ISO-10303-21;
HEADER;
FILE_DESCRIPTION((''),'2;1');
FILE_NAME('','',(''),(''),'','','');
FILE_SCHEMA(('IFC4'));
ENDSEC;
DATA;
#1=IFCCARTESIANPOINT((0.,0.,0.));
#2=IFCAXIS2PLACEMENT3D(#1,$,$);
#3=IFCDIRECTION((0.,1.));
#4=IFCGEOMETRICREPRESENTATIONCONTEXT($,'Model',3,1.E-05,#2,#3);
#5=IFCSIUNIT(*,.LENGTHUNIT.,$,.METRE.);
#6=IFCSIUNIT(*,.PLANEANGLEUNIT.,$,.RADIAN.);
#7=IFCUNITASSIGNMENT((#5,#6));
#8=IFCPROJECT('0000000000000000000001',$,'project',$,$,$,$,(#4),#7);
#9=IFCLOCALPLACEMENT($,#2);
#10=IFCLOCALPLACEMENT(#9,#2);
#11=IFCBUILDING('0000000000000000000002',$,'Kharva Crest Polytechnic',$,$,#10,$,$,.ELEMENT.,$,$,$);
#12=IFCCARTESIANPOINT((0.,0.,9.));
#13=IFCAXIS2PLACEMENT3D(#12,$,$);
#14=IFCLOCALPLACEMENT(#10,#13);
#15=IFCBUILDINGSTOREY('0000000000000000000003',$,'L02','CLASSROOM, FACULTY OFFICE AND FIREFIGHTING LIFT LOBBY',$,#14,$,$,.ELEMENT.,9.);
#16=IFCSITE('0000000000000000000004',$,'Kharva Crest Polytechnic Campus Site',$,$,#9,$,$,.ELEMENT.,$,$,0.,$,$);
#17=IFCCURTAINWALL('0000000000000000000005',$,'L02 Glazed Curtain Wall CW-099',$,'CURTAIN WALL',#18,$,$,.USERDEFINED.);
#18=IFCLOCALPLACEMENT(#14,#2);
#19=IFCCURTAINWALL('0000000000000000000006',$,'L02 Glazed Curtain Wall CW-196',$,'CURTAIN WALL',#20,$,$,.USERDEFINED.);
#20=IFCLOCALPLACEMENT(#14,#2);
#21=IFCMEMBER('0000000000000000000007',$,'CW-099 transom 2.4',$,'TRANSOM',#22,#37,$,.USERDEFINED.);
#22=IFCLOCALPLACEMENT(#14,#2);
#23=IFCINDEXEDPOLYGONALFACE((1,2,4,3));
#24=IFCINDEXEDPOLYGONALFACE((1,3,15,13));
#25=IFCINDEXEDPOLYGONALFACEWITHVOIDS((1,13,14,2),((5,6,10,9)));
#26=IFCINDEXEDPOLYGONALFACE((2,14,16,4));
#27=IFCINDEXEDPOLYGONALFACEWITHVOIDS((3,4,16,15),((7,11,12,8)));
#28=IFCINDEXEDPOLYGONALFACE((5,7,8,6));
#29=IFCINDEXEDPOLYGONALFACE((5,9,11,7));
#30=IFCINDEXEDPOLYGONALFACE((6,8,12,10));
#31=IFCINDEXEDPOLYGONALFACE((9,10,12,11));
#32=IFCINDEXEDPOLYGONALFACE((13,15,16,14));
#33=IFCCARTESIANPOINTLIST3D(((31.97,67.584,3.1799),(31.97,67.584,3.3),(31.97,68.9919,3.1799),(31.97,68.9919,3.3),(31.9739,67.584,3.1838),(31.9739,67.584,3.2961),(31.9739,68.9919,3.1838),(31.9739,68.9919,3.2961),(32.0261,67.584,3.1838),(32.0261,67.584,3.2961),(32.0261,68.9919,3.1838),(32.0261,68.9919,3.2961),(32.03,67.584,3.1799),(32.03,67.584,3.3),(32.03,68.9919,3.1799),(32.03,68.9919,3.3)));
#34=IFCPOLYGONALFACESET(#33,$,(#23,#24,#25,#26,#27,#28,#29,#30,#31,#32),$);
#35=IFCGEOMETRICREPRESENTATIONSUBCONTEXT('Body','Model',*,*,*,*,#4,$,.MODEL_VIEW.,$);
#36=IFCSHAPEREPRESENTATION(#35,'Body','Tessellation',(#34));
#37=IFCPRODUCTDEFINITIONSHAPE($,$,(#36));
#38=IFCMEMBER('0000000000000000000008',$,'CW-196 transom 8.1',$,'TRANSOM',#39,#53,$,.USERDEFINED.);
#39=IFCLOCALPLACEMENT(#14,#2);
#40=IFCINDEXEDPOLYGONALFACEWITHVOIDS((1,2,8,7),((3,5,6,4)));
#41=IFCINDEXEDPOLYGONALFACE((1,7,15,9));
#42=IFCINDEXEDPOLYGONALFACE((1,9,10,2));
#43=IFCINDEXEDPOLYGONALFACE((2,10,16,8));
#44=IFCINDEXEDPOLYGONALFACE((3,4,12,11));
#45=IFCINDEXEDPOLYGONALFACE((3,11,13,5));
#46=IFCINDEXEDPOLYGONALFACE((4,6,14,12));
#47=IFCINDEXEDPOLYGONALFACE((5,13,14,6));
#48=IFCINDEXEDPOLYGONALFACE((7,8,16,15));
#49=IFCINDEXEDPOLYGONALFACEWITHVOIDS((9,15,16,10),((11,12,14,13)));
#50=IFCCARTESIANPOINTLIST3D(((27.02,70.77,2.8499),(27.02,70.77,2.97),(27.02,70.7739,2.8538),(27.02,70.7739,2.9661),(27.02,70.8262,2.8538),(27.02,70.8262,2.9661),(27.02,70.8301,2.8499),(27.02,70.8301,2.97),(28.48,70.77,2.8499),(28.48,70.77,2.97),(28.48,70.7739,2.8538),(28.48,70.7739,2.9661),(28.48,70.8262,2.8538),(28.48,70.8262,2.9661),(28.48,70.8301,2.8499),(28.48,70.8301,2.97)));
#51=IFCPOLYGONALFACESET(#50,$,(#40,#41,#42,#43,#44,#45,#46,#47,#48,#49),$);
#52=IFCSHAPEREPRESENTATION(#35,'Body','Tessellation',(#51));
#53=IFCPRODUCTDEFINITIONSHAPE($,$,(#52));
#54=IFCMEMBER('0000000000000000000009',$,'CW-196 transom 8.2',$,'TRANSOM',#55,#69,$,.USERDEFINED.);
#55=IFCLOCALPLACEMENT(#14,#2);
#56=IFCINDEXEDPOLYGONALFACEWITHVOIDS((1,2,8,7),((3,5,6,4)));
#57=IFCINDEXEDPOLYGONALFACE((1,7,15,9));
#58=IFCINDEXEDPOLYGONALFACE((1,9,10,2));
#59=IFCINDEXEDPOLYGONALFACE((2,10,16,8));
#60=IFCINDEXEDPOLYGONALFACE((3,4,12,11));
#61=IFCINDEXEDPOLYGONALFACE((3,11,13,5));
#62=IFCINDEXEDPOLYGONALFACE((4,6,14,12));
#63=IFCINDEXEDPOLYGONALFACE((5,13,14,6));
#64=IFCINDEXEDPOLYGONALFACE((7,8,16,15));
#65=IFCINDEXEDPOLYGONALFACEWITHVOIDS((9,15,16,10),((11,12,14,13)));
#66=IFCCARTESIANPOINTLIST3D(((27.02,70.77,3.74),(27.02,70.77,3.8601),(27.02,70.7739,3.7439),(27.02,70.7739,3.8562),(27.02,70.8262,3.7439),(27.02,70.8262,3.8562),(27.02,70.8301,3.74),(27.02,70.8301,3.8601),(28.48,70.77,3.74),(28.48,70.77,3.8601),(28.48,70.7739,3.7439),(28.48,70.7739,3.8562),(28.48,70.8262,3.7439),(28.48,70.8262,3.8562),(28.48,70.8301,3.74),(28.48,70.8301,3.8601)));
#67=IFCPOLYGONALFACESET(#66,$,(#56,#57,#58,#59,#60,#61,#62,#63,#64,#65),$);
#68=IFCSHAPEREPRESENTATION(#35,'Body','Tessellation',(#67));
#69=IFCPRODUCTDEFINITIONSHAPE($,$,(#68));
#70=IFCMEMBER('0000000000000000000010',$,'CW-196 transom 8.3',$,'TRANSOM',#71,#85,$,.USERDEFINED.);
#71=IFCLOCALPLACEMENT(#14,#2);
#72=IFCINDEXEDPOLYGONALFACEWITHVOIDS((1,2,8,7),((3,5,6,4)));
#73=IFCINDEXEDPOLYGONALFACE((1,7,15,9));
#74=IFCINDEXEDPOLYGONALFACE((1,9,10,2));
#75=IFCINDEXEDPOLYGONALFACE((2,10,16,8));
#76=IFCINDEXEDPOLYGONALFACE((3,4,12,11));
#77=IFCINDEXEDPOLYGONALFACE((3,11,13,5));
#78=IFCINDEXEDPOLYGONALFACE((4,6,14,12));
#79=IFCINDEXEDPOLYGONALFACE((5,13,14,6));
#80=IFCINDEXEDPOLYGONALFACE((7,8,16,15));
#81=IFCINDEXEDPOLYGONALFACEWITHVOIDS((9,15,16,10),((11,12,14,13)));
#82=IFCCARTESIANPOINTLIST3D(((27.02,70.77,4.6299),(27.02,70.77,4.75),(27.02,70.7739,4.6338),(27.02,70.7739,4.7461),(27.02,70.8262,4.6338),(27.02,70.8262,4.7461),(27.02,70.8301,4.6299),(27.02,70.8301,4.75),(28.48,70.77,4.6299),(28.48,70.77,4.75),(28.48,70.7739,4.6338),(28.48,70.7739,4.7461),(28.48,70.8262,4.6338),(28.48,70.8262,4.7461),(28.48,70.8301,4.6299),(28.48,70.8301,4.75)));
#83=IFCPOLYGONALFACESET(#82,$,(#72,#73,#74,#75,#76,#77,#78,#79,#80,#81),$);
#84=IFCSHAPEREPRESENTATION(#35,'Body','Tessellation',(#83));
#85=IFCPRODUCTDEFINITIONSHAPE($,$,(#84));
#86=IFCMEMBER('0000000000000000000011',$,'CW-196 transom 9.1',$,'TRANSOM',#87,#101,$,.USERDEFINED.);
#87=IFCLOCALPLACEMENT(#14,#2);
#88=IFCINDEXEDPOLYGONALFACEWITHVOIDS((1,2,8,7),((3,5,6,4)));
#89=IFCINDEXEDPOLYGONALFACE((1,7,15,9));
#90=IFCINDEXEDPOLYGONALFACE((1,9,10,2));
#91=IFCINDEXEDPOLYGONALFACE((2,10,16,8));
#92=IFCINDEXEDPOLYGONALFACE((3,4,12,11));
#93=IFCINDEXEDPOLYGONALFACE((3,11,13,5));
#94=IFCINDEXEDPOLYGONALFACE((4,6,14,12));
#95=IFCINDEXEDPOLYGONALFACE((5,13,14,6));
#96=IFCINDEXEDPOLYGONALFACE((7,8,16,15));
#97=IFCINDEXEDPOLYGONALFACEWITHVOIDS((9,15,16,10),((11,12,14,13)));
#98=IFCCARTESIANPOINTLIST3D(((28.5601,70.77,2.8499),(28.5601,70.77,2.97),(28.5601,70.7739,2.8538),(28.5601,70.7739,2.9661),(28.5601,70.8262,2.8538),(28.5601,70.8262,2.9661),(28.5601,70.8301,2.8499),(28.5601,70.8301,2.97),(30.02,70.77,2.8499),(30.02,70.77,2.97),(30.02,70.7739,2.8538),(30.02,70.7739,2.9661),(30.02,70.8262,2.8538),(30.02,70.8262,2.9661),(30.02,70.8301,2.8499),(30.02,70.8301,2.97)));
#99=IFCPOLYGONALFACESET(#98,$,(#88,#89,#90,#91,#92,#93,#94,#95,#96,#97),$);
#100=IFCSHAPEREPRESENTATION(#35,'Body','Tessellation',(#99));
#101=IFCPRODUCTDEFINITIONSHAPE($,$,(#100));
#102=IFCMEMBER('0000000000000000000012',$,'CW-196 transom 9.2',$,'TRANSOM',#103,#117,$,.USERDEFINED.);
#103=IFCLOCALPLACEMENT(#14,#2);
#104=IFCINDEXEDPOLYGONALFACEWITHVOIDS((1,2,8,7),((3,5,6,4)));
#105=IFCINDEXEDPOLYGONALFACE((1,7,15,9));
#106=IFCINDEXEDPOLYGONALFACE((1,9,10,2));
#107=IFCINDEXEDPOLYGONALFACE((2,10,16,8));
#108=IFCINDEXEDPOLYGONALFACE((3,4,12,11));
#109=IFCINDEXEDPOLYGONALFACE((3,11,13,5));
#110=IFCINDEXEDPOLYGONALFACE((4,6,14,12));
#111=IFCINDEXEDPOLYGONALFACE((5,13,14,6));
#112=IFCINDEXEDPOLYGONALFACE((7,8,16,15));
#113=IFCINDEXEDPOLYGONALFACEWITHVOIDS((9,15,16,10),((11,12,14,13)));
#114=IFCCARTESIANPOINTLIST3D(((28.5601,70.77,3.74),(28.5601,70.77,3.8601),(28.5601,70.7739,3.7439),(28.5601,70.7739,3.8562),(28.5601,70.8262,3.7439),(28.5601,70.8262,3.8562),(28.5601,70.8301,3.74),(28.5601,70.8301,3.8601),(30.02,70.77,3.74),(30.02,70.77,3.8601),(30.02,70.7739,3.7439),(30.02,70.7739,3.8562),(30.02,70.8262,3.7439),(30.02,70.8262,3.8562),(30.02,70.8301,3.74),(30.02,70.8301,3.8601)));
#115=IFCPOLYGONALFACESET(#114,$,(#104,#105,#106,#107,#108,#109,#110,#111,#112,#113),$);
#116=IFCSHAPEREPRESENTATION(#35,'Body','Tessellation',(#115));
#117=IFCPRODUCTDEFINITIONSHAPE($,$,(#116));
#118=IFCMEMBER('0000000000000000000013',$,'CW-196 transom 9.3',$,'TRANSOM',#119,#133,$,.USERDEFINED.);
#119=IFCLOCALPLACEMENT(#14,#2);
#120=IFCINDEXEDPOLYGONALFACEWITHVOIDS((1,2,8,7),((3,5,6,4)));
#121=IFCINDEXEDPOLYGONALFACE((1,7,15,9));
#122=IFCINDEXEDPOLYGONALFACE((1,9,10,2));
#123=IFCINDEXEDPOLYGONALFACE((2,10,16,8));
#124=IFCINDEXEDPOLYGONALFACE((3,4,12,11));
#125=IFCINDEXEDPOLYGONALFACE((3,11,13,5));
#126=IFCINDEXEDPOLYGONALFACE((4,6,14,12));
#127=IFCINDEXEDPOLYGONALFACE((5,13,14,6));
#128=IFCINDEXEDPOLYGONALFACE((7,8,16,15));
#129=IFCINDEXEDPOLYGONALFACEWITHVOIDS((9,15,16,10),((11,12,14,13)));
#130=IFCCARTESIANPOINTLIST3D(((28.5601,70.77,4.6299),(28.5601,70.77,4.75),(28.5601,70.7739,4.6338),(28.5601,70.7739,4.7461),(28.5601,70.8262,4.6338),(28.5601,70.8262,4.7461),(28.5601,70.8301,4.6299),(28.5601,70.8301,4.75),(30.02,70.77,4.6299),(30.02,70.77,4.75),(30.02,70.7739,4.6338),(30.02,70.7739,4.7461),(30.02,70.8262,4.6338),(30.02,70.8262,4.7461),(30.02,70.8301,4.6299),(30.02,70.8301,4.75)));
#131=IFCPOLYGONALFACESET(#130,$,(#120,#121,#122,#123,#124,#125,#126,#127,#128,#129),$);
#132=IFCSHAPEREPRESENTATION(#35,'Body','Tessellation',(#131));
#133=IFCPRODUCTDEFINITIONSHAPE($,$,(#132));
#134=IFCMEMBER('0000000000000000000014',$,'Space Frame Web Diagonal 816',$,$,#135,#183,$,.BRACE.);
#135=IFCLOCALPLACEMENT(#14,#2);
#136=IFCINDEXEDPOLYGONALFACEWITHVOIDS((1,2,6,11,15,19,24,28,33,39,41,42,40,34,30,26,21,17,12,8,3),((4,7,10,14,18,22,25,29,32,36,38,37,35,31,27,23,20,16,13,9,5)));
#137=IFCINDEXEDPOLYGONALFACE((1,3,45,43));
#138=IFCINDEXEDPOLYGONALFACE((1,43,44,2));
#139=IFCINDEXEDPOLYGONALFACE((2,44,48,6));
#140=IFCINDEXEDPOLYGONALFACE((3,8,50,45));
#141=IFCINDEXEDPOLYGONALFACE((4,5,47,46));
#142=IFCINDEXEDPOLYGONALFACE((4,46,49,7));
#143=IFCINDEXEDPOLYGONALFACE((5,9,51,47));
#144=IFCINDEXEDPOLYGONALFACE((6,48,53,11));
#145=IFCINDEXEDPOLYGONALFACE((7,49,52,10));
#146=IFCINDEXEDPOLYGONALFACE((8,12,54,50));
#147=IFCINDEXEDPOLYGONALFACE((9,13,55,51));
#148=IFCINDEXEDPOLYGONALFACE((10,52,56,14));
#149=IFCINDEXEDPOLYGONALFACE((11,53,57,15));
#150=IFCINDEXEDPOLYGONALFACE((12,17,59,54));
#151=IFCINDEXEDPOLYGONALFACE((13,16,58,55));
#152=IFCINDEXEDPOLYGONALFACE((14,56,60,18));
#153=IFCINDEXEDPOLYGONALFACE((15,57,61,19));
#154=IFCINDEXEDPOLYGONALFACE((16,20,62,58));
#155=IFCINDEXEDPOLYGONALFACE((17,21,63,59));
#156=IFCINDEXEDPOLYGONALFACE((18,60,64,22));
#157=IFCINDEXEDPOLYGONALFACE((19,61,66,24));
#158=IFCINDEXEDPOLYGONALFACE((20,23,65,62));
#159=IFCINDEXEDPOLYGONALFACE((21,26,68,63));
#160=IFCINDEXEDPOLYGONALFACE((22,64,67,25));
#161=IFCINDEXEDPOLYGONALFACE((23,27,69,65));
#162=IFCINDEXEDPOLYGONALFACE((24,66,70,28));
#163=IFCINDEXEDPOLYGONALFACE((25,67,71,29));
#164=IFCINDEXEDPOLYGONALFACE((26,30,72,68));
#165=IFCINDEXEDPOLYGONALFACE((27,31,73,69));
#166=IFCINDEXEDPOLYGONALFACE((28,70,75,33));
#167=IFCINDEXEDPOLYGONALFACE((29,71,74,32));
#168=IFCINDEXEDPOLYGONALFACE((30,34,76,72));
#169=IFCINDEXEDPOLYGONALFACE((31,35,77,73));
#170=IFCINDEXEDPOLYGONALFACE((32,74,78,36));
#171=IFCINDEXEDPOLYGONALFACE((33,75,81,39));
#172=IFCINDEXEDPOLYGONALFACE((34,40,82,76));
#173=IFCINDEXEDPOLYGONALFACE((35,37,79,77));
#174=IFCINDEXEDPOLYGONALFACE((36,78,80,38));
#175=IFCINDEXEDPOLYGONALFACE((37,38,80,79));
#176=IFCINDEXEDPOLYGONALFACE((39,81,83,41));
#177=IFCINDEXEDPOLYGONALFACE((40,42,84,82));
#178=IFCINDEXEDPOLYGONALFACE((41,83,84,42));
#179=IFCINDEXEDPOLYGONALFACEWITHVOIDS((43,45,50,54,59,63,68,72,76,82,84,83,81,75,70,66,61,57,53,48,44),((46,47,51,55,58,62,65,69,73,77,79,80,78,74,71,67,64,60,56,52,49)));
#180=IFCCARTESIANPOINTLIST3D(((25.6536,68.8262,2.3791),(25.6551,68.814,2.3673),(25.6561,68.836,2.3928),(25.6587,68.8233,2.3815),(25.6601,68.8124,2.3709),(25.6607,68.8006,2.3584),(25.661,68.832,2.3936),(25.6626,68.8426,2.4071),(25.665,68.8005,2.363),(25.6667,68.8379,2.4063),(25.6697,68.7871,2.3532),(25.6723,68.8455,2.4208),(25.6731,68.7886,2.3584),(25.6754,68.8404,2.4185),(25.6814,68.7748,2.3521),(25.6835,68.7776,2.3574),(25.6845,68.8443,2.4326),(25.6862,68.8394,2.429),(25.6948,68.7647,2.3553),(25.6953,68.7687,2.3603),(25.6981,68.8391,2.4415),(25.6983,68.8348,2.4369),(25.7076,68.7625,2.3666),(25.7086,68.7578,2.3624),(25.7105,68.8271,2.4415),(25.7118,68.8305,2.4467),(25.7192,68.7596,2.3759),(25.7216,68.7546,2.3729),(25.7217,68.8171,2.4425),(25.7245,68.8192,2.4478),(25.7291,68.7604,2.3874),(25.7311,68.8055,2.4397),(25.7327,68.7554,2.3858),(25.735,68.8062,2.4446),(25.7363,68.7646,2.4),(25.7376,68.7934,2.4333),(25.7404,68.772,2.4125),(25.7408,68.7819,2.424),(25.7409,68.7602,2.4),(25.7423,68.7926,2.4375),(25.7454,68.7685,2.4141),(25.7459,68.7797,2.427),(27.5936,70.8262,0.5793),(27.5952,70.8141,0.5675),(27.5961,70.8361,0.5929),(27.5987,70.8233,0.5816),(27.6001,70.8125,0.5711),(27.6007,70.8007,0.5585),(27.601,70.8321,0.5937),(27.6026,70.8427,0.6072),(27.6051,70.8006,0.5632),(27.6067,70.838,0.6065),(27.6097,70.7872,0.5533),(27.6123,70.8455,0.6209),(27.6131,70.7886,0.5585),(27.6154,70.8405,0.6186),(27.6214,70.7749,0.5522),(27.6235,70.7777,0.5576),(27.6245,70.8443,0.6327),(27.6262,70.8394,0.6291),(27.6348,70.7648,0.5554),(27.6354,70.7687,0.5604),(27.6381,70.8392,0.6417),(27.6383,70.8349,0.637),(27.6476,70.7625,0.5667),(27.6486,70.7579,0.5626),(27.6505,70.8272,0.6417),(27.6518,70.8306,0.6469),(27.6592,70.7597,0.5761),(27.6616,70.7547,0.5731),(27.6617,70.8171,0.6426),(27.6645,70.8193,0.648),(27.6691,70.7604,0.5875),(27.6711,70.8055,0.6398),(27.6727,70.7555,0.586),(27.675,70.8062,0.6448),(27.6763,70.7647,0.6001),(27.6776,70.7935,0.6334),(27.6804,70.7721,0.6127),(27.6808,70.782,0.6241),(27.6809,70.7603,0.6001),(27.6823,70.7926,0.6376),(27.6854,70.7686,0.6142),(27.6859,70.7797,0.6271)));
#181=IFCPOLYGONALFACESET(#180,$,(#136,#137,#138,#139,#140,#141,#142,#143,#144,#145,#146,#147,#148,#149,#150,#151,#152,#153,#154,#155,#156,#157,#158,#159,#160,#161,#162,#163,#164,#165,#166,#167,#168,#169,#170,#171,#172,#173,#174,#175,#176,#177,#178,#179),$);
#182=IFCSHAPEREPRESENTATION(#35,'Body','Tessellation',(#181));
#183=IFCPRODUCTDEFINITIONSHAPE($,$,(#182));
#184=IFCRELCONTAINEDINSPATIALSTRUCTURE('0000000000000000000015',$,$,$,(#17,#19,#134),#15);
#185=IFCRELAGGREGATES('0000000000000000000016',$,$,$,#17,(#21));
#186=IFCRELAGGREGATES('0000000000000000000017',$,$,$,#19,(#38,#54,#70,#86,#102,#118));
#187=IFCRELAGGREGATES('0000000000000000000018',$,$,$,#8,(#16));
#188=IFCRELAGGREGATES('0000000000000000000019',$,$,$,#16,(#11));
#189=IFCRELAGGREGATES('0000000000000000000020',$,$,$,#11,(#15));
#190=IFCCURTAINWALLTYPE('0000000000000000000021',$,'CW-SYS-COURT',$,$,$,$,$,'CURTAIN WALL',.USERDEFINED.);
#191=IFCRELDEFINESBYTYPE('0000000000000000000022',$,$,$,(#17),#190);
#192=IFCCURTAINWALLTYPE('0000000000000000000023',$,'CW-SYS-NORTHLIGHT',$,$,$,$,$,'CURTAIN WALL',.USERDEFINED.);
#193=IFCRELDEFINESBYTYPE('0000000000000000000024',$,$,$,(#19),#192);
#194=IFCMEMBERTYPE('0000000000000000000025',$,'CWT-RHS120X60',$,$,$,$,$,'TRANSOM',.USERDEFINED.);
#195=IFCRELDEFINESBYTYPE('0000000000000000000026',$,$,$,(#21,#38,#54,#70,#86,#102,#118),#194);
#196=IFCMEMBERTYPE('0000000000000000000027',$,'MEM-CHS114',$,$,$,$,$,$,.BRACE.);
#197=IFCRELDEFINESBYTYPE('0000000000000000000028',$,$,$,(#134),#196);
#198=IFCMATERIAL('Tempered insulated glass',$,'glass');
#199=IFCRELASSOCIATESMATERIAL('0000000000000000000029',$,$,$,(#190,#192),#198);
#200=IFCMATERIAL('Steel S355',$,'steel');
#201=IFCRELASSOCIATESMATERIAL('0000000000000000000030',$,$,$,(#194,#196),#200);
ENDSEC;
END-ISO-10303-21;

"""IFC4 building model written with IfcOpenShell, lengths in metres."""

from ifc_helpers import new_model, si_unit, direction, frame, origin, origin_2d, place, context, subcontext, project, spatial, hollow_rectangle, hollow_circle, extrude, material, material_profile, profile_set, type_object, element, aggregate, save


model = new_model("IFC4")

# Units and contexts
model_context = context("Model", 3, precision=1e-05, world=origin(), true_north=direction((0.0, 1.0)))
body_context = subcontext(model_context, "Body", "Model", "MODEL_VIEW")
ifc_project = project(units=[si_unit("LENGTHUNIT", "METRE"), si_unit("PLANEANGLEUNIT", "RADIAN")], contexts=[model_context])

# Site, building, storey
site_placement = place(None, origin())
site = spatial("IfcSite", under=ifc_project, at=site_placement, Name="Kharva Crest Polytechnic Campus Site", CompositionType="ELEMENT", RefElevation=0.0)
building_placement = place(site_placement, origin())
building = spatial("IfcBuilding", under=site, at=building_placement, Name="Kharva Crest Polytechnic", CompositionType="ELEMENT")
storey_placement = place(building_placement, frame((0.0, 0.0, 9.0)))
storey = spatial("IfcBuildingStorey", under=building, at=storey_placement, Name="L02", Description="CLASSROOM, FACULTY OFFICE AND FIREFIGHTING LIFT LOBBY", CompositionType="ELEMENT", Elevation=9.0)

# Curtain walls
ifc_material_1 = material(Name="Tempered insulated glass", Category="glass")
curtain_wall_type_1 = type_object("IfcCurtainWallType", Name="CW-SYS-COURT", ElementType="CURTAIN WALL", PredefinedType="USERDEFINED", material=ifc_material_1)
curtain_wall_1_placement = place(storey_placement, origin())
curtain_wall_1 = element("IfcCurtainWall", 1, at=curtain_wall_1_placement, inside=storey, type_object=curtain_wall_type_1, Name="L02 Glazed Curtain Wall CW-099", ObjectType="CURTAIN WALL", PredefinedType="USERDEFINED")
ifc_material_2 = material(Name="Steel S355", Category="steel")
curtain_wall_type_2 = type_object("IfcCurtainWallType", Name="CW-SYS-NORTHLIGHT", ElementType="CURTAIN WALL", PredefinedType="USERDEFINED", material=ifc_material_1)
curtain_wall_2_placement = place(storey_placement, origin())
curtain_wall_2 = element("IfcCurtainWall", 2, at=curtain_wall_2_placement, inside=storey, type_object=curtain_wall_type_2, Name="L02 Glazed Curtain Wall CW-196", ObjectType="CURTAIN WALL", PredefinedType="USERDEFINED")

# Members
ifc_material_profile_1 = material_profile(ifc_material_2, hollow_rectangle(XDim=0.0601, YDim=0.1201, WallThickness=0.0039, at=origin_2d()), Name="RHS 120X60X4.0")
ifc_profile_set_1 = profile_set([ifc_material_profile_1], Name="Steel S355")
member_type_1 = type_object("IfcMemberType", Name="CWT-RHS120X60", ElementType="TRANSOM", PredefinedType="USERDEFINED", material=ifc_profile_set_1)
member_1_placement = place(storey_placement, frame((32.0, 68.9919, 3.24), z_axis=(0.0, -1.0, 0.0), x_axis=(1.0, 0.0, 0.0)))
member_1 = element("IfcMember", 3, at=member_1_placement, type_object=member_type_1, Name="CW-099 transom 2.4", ObjectType="TRANSOM", PredefinedType="USERDEFINED", context=body_context, shape_type="SweptSolid", body=[
    extrude(hollow_rectangle(XDim=0.0601, YDim=0.1201, WallThickness=0.0039, at=origin_2d()), origin(), (0.0, 0.0, 1.0), 1.408),
])
member_2_placement = place(storey_placement, frame((27.02, 70.8, 2.9099), z_axis=(1.0, 0.0, 0.0), x_axis=(0.0, 1.0, 0.0)))
member_2 = element("IfcMember", 4, at=member_2_placement, type_object=member_type_1, Name="CW-196 transom 8.1", ObjectType="TRANSOM", PredefinedType="USERDEFINED", context=body_context, shape_type="SweptSolid", body=[
    extrude(hollow_rectangle(XDim=0.0601, YDim=0.1201, WallThickness=0.0039, at=origin_2d()), origin(), (0.0, 0.0, 1.0), 1.46),
])
member_3_placement = place(storey_placement, frame((27.02, 70.8, 3.8), z_axis=(1.0, 0.0, 0.0), x_axis=(0.0, 1.0, 0.0)))
member_3 = element("IfcMember", 5, at=member_3_placement, type_object=member_type_1, Name="CW-196 transom 8.2", ObjectType="TRANSOM", PredefinedType="USERDEFINED", context=body_context, shape_type="SweptSolid", body=[
    extrude(hollow_rectangle(XDim=0.0601, YDim=0.1201, WallThickness=0.0039, at=origin_2d()), origin(), (0.0, 0.0, 1.0), 1.46),
])
member_4_placement = place(storey_placement, frame((27.02, 70.8, 4.6899), z_axis=(1.0, 0.0, 0.0), x_axis=(0.0, 1.0, 0.0)))
member_4 = element("IfcMember", 6, at=member_4_placement, type_object=member_type_1, Name="CW-196 transom 8.3", ObjectType="TRANSOM", PredefinedType="USERDEFINED", context=body_context, shape_type="SweptSolid", body=[
    extrude(hollow_rectangle(XDim=0.0601, YDim=0.1201, WallThickness=0.0039, at=origin_2d()), origin(), (0.0, 0.0, 1.0), 1.46),
])
member_5_placement = place(storey_placement, frame((28.5601, 70.8, 2.9099), z_axis=(1.0, 0.0, 0.0), x_axis=(0.0, 1.0, 0.0)))
member_5 = element("IfcMember", 7, at=member_5_placement, type_object=member_type_1, Name="CW-196 transom 9.1", ObjectType="TRANSOM", PredefinedType="USERDEFINED", context=body_context, shape_type="SweptSolid", body=[
    extrude(hollow_rectangle(XDim=0.0601, YDim=0.1201, WallThickness=0.0039, at=origin_2d()), origin(), (0.0, 0.0, 1.0), 1.46),
])
member_6_placement = place(storey_placement, frame((28.5601, 70.8, 3.8), z_axis=(1.0, 0.0, 0.0), x_axis=(0.0, 1.0, 0.0)))
member_6 = element("IfcMember", 8, at=member_6_placement, type_object=member_type_1, Name="CW-196 transom 9.2", ObjectType="TRANSOM", PredefinedType="USERDEFINED", context=body_context, shape_type="SweptSolid", body=[
    extrude(hollow_rectangle(XDim=0.0601, YDim=0.1201, WallThickness=0.0039, at=origin_2d()), origin(), (0.0, 0.0, 1.0), 1.46),
])
member_7_placement = place(storey_placement, frame((28.5601, 70.8, 4.6899), z_axis=(1.0, 0.0, 0.0), x_axis=(0.0, 1.0, 0.0)))
member_7 = element("IfcMember", 9, at=member_7_placement, type_object=member_type_1, Name="CW-196 transom 9.3", ObjectType="TRANSOM", PredefinedType="USERDEFINED", context=body_context, shape_type="SweptSolid", body=[
    extrude(hollow_rectangle(XDim=0.0601, YDim=0.1201, WallThickness=0.0039, at=origin_2d()), origin(), (0.0, 0.0, 1.0), 1.46),
])

# Member
ifc_material_profile_2 = material_profile(ifc_material_2, hollow_circle(Radius=0.0571, WallThickness=0.0063, at=origin_2d()), Name="CHS 114.3X6.3")
ifc_profile_set_2 = profile_set([ifc_material_profile_2], Name="Steel S355")
member_type_2 = type_object("IfcMemberType", Name="MEM-CHS114", PredefinedType="BRACE", material=ifc_profile_set_2)
for number, where, z_axis, x_axis, name in (
    (10, (27.6399, 70.8, 0.6001), (-0.584843, -0.60295, 0.542596), (0.717802, -0.696247, 0.0), "Space Frame Web Diagonal 816"),
):
    element("IfcMember", number, at=place(storey_placement, frame(where, z_axis=z_axis, x_axis=x_axis)), inside=storey, type_object=member_type_2, Name=name, PredefinedType="BRACE", context=body_context, shape_type="SweptSolid", body=[
        extrude(hollow_circle(Radius=0.0571, WallThickness=0.0063, at=origin_2d()), origin(), (0.0, 0.0, 1.0), 3.3171),
    ])

aggregate(curtain_wall_1, [member_1])
aggregate(curtain_wall_2, [member_2, member_3, member_4, member_5, member_6, member_7])

save(model, "model.ifc")
